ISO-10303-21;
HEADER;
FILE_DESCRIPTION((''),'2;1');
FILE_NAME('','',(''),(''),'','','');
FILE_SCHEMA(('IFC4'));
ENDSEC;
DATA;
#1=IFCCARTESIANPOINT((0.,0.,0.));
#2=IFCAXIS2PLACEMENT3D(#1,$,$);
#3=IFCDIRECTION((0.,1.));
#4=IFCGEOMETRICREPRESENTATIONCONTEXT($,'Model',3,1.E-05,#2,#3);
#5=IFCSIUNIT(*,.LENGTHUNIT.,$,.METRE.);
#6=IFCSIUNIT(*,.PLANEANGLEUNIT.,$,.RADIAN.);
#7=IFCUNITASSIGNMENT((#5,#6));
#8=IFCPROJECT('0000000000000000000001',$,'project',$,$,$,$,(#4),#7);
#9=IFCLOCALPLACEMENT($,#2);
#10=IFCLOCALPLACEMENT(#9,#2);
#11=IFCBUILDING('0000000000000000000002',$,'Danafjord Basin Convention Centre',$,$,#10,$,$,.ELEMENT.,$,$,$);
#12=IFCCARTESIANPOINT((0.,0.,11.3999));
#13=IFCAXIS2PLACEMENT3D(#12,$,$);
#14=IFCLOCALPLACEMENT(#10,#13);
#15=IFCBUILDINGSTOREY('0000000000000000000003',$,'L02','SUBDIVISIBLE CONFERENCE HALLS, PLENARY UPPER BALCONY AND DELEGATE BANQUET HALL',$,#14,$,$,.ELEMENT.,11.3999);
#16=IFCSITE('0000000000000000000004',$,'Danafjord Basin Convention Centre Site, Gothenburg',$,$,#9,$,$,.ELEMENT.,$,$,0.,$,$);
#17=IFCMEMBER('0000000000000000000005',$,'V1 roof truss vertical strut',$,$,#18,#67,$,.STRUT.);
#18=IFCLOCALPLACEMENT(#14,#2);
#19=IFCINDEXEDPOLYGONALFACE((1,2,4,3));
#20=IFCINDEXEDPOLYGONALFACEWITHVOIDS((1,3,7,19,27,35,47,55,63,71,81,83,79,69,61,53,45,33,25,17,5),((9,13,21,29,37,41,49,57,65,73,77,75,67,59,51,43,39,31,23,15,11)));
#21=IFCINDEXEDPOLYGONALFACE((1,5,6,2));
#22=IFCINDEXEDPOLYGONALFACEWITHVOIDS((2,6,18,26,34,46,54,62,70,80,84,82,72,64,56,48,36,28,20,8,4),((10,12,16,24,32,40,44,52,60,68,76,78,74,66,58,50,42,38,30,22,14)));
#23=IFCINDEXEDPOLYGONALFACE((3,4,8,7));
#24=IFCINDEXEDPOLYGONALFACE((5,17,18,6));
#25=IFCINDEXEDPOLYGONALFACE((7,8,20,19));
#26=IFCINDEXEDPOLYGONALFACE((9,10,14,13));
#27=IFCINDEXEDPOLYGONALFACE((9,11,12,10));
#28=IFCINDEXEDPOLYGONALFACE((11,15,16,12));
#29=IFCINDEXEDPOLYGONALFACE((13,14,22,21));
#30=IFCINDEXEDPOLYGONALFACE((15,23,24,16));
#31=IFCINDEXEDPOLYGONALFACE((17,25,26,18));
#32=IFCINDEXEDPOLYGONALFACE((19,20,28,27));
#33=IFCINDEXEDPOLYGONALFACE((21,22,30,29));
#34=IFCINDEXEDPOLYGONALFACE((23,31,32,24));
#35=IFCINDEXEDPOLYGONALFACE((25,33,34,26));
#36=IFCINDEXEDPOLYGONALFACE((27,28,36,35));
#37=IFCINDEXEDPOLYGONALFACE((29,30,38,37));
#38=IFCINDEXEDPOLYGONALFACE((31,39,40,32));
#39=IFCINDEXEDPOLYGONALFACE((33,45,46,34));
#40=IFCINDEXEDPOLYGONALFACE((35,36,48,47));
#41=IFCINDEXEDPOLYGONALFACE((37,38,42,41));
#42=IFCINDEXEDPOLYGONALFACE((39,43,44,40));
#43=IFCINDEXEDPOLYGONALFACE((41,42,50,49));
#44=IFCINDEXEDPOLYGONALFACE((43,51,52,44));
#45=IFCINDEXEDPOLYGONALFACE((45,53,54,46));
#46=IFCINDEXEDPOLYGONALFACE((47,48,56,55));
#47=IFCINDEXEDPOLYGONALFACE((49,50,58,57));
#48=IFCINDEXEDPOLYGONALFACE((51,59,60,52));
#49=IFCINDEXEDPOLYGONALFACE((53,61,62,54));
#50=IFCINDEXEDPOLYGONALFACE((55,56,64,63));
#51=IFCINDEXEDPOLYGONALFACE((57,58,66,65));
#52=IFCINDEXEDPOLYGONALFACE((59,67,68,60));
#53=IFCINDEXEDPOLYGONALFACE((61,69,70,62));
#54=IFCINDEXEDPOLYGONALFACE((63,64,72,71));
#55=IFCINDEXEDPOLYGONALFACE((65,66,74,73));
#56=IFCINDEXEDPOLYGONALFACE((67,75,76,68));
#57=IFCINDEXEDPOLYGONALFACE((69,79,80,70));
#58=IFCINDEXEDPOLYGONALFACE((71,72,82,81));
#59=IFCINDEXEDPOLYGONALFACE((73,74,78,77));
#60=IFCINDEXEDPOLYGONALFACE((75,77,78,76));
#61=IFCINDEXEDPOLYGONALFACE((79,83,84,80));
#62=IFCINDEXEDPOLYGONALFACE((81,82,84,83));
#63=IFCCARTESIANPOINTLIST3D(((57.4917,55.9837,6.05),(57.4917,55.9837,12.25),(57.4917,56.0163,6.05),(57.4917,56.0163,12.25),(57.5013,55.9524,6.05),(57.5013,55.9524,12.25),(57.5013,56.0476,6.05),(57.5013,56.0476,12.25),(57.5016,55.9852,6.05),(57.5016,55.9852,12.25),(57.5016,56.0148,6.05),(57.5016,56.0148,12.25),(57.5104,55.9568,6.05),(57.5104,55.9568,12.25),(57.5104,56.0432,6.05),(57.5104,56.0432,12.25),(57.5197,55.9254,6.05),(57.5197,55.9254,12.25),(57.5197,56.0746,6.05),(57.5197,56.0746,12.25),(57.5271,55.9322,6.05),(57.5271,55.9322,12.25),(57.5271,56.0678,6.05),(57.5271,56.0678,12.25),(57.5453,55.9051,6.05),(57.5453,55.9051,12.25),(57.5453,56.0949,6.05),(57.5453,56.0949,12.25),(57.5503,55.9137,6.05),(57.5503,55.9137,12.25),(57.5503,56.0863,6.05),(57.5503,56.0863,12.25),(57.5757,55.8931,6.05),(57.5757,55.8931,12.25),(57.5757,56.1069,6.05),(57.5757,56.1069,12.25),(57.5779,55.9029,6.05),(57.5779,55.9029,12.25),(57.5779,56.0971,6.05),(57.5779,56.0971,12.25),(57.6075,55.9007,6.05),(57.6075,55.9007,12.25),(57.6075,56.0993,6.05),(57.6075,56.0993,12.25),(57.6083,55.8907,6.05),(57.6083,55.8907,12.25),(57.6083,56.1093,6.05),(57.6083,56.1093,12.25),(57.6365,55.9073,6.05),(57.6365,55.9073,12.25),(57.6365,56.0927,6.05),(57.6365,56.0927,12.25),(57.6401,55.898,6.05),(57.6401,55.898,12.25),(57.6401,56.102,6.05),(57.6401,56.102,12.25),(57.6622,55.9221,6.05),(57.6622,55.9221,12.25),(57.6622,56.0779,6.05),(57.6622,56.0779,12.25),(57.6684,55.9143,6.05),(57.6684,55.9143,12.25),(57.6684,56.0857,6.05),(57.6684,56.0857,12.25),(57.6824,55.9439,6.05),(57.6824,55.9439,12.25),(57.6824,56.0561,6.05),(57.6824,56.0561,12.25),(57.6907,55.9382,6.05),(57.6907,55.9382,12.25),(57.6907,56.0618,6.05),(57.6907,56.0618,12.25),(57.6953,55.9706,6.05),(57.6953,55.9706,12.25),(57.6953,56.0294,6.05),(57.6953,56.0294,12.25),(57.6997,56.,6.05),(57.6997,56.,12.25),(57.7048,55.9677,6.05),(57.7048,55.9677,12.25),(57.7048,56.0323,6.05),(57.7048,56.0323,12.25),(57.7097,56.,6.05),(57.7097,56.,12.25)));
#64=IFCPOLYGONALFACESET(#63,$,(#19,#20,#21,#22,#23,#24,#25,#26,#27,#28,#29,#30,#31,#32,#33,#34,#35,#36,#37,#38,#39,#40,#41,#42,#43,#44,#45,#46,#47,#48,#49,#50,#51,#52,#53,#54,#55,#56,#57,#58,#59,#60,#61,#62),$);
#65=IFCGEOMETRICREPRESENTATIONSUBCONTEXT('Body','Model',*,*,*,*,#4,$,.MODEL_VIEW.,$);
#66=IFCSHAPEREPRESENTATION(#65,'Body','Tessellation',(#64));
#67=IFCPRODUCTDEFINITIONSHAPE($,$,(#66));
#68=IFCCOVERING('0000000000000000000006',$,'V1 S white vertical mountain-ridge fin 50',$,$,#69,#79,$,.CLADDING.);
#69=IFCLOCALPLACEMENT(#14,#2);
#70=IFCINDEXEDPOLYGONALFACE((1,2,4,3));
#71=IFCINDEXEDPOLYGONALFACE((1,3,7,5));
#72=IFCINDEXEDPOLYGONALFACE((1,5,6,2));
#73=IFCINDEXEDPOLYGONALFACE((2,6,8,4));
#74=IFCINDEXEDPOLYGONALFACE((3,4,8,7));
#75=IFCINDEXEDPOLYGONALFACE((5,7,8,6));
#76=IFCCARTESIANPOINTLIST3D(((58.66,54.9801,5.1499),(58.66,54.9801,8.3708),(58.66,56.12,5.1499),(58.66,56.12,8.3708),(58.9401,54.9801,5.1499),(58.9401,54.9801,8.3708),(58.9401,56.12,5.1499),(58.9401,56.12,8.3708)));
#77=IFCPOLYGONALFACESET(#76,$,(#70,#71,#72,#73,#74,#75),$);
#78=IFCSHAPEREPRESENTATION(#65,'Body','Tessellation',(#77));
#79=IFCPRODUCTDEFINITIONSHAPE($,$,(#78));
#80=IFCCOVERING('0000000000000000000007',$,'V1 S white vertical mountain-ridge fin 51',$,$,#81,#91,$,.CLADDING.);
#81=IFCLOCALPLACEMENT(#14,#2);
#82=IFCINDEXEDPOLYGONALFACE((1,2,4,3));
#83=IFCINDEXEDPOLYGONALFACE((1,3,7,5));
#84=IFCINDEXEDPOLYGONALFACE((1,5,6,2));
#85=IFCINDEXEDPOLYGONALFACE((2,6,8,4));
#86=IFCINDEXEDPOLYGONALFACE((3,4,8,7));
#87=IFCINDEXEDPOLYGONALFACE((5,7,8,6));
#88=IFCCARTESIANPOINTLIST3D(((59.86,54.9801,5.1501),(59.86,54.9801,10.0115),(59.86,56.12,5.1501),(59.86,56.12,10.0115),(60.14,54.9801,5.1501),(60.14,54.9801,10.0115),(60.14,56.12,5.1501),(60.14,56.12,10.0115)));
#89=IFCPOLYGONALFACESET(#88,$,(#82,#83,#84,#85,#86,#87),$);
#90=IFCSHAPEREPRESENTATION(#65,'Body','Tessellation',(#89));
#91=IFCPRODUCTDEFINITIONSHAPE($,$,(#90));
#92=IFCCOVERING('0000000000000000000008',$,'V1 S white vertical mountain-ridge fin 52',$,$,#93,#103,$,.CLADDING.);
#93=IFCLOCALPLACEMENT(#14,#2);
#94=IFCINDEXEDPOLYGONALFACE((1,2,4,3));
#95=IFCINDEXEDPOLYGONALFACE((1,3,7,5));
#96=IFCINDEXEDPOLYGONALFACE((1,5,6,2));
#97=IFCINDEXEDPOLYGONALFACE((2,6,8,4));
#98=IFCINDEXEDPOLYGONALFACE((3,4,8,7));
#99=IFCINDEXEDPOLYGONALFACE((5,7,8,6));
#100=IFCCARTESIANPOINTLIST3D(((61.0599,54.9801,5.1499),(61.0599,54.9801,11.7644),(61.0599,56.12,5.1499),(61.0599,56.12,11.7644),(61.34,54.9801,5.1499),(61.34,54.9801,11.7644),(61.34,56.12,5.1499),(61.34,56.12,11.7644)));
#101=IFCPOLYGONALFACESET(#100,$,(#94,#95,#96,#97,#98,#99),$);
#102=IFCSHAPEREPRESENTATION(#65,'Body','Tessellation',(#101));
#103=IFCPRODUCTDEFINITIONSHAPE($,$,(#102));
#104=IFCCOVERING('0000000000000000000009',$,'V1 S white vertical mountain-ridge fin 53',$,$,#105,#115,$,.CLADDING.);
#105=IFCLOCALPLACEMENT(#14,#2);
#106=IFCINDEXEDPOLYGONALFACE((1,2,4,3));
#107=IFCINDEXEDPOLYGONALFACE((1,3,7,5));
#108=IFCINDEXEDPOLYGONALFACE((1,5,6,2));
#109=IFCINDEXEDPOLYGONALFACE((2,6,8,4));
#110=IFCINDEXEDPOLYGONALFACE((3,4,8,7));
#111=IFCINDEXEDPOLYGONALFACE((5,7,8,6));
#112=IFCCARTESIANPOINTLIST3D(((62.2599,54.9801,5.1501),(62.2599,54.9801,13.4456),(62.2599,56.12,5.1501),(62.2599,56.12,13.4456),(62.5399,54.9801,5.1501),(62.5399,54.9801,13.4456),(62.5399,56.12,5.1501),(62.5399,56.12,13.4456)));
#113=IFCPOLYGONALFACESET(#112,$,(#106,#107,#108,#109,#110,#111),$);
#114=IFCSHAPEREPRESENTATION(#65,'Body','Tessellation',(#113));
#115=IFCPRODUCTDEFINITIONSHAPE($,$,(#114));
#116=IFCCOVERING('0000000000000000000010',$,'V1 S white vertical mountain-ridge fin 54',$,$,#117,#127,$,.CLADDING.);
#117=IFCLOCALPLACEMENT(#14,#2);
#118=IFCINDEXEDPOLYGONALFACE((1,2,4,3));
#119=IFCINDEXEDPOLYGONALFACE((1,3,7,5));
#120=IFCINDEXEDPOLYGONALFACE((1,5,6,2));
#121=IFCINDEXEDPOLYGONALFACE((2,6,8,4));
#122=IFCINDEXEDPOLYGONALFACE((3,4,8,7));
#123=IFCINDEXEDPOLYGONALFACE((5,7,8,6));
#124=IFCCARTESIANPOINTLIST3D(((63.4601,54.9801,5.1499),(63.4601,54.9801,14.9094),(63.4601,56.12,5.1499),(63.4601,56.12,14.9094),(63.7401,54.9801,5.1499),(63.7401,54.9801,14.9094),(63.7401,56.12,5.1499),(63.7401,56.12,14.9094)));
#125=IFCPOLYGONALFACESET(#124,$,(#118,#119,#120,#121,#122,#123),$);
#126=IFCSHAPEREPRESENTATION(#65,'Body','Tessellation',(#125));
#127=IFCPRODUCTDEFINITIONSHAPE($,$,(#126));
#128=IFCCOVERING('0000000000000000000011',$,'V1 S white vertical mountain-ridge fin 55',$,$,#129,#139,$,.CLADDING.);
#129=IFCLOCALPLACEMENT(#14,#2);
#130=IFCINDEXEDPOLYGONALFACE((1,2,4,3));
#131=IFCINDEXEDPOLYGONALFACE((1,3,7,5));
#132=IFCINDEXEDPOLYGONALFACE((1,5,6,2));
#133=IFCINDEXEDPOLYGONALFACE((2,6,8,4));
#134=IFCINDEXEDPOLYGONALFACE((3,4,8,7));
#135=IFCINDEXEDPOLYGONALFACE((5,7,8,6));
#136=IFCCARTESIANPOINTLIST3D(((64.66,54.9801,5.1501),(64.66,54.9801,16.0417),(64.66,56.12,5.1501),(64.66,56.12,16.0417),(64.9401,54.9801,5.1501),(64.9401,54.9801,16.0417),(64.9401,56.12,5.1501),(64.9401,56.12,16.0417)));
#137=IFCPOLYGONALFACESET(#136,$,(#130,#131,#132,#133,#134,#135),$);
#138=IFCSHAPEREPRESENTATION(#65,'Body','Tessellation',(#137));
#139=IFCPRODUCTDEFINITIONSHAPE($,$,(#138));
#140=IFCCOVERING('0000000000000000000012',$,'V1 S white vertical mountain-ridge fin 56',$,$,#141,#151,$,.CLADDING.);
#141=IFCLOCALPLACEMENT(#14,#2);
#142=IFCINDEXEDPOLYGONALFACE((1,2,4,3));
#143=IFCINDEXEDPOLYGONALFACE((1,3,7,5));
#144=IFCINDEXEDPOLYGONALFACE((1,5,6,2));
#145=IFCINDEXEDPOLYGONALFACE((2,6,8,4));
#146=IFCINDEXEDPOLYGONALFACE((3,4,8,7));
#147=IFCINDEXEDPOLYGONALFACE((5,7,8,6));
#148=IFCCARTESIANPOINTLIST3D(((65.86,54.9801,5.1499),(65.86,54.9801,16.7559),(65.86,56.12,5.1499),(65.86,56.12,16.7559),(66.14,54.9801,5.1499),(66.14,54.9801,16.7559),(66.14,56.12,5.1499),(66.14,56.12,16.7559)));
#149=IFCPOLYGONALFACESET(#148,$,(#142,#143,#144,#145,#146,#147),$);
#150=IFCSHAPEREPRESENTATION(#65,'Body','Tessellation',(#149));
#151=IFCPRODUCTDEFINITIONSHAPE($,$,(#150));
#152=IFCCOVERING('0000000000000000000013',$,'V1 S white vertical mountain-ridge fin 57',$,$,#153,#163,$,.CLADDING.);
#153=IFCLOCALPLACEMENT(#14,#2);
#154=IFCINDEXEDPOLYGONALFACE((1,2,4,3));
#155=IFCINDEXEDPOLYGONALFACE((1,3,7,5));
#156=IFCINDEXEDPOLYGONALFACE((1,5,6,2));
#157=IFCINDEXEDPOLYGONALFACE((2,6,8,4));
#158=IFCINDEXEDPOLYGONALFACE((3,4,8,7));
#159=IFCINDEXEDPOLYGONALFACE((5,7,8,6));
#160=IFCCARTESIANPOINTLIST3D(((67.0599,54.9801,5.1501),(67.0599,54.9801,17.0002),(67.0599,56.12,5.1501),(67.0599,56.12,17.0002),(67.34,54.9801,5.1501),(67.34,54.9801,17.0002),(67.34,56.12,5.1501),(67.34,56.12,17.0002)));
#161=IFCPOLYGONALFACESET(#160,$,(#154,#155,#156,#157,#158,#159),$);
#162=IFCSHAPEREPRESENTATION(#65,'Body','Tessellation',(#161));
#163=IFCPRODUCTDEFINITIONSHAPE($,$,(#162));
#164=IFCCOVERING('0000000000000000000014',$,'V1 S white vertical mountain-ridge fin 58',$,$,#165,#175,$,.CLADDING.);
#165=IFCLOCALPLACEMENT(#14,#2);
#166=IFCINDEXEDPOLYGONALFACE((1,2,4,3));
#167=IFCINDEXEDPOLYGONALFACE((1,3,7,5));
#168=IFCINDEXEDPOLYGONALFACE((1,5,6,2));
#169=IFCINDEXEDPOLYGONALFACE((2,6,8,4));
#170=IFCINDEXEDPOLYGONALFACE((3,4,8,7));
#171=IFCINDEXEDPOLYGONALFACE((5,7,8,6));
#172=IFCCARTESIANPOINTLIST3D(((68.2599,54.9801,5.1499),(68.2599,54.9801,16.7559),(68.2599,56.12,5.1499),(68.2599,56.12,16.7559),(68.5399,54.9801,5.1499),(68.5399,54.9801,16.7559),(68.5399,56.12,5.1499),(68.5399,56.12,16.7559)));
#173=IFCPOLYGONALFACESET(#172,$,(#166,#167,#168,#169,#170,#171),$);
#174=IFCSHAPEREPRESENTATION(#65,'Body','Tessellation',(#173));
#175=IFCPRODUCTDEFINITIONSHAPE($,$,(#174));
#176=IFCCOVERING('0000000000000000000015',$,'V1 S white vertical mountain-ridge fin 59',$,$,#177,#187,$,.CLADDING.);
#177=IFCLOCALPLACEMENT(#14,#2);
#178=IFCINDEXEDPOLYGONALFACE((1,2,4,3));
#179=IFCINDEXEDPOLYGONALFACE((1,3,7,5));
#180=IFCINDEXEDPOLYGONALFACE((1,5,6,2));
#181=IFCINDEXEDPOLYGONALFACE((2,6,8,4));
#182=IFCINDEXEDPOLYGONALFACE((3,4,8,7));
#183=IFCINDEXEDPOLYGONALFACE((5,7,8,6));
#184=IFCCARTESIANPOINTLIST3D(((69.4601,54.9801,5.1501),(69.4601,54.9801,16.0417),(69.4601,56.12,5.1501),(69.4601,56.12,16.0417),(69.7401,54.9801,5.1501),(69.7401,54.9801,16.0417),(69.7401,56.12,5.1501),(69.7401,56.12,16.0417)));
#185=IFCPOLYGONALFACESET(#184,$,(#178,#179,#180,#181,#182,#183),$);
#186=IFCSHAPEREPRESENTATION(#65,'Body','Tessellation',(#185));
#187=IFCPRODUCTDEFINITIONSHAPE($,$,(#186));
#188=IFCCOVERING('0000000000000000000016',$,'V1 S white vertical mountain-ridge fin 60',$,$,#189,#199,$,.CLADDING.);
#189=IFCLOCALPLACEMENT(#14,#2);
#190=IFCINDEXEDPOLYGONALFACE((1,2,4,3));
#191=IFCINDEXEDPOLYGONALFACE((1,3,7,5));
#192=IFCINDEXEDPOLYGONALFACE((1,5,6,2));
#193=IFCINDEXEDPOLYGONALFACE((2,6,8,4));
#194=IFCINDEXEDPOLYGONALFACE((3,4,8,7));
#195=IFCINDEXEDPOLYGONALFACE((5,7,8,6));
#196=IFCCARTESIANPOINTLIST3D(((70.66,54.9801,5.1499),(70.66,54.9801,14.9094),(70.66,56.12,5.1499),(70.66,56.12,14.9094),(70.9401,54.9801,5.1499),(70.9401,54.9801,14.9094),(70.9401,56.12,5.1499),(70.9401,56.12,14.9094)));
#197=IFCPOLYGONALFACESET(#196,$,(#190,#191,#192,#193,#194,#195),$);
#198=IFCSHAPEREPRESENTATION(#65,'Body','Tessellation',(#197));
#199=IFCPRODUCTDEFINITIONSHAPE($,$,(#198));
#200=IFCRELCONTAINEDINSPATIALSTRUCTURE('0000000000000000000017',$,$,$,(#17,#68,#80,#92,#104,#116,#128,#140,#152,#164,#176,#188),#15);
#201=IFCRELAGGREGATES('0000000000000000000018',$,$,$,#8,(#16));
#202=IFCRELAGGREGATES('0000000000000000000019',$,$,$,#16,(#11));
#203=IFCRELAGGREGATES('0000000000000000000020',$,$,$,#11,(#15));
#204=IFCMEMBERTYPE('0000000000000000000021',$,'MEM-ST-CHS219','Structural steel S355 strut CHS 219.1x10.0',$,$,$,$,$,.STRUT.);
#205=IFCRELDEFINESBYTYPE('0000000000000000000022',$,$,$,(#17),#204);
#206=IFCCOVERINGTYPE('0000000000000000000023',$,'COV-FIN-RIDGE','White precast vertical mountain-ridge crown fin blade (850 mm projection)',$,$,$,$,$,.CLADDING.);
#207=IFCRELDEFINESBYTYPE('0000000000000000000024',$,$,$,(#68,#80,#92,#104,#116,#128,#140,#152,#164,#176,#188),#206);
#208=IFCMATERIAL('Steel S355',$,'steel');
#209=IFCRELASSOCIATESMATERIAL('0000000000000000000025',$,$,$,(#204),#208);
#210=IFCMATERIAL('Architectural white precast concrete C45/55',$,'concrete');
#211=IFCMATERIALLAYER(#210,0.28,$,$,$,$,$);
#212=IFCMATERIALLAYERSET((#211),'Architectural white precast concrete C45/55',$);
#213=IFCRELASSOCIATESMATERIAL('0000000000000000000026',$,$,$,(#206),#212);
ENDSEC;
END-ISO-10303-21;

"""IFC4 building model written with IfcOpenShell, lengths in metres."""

from ifc_helpers import new_model, si_unit, direction, frame, origin, origin_2d, place, context, subcontext, project, spatial, rectangle, hollow_circle, extrude, material, layer, layer_set, material_profile, profile_set, type_object, element, save


model = new_model("IFC4")

# Units and contexts
model_context = context("Model", 3, precision=1e-05, world=origin(), true_north=direction((0.0, 1.0)))
body_context = subcontext(model_context, "Body", "Model", "MODEL_VIEW")
ifc_project = project(units=[si_unit("LENGTHUNIT", "METRE"), si_unit("PLANEANGLEUNIT", "RADIAN")], contexts=[model_context])

# Site, building, storey
site_placement = place(None, origin())
site = spatial("IfcSite", under=ifc_project, at=site_placement, Name="Danafjord Basin Convention Centre Site, Gothenburg", CompositionType="ELEMENT", RefElevation=0.0)
building_placement = place(site_placement, origin())
building = spatial("IfcBuilding", under=site, at=building_placement, Name="Danafjord Basin Convention Centre", CompositionType="ELEMENT")
storey_placement = place(building_placement, frame((0.0, 0.0, 11.3999)))
storey = spatial("IfcBuildingStorey", under=building, at=storey_placement, Name="L02", Description="SUBDIVISIBLE CONFERENCE HALLS, PLENARY UPPER BALCONY AND DELEGATE BANQUET HALL", CompositionType="ELEMENT", Elevation=11.3999)

# Shared definitions
ifc_material_1 = material(Name="Steel S355", Category="steel")

# Member
ifc_material_profile_1 = material_profile(ifc_material_1, hollow_circle(Radius=0.1096, WallThickness=0.01, at=origin_2d()), Name="CHS 219.1x10.0")
ifc_profile_set_1 = profile_set([ifc_material_profile_1], Name="Steel S355")
member_type_1 = type_object("IfcMemberType", Name="MEM-ST-CHS219", Description="Structural steel S355 strut CHS 219.1x10.0", PredefinedType="STRUT", material=ifc_profile_set_1)
member_1_placement = place(storey_placement, frame((57.6001, 56.0, 6.05), z_axis=(0.0, 0.0, 1.0), x_axis=(1.0, 0.0, 0.0)))
element("IfcMember", 1, at=member_1_placement, inside=storey, type_object=member_type_1, Name="V1 roof truss vertical strut", PredefinedType="STRUT", context=body_context, shape_type="SweptSolid", body=[
    extrude(hollow_circle(Radius=0.1096, WallThickness=0.01, at=origin_2d()), origin(), (0.0, 0.0, 1.0), 6.2),
])

# Coverings
ifc_material_2 = material(Name="Architectural white precast concrete C45/55", Category="concrete")
ifc_layer = layer(ifc_material_2, 0.28)
ifc_layer_set = layer_set([ifc_layer], Name="Architectural white precast concrete C45/55")
covering_type = type_object("IfcCoveringType", Name="COV-FIN-RIDGE", Description="White precast vertical mountain-ridge crown fin blade (850 mm projection)", PredefinedType="CLADDING", material=ifc_layer_set)
covering_1_placement = place(storey_placement, frame((58.8, 55.55, 5.1499), z_axis=(0.0, 0.0, 1.0), x_axis=(0.0, 1.0, 0.0)))
element("IfcCovering", 2, at=covering_1_placement, inside=storey, type_object=covering_type, Name="V1 S white vertical mountain-ridge fin 50", PredefinedType="CLADDING", context=body_context, shape_type="SweptSolid", body=[
    extrude(rectangle(XDim=1.1399, YDim=0.28, at=origin_2d()), origin(), (0.0, 0.0, 1.0), 3.2209),
])
covering_2_placement = place(storey_placement, frame((60.0, 55.55, 5.1501), z_axis=(0.0, 0.0, 1.0), x_axis=(0.0, 1.0, 0.0)))
element("IfcCovering", 3, at=covering_2_placement, inside=storey, type_object=covering_type, Name="V1 S white vertical mountain-ridge fin 51", PredefinedType="CLADDING", context=body_context, shape_type="SweptSolid", body=[
    extrude(rectangle(XDim=1.1399, YDim=0.28, at=origin_2d()), origin(), (0.0, 0.0, 1.0), 4.8613),
])
covering_3_placement = place(storey_placement, frame((61.2, 55.55, 5.1499), z_axis=(0.0, 0.0, 1.0), x_axis=(0.0, 1.0, 0.0)))
element("IfcCovering", 4, at=covering_3_placement, inside=storey, type_object=covering_type, Name="V1 S white vertical mountain-ridge fin 52", PredefinedType="CLADDING", context=body_context, shape_type="SweptSolid", body=[
    extrude(rectangle(XDim=1.1399, YDim=0.28, at=origin_2d()), origin(), (0.0, 0.0, 1.0), 6.6145),
])
covering_4_placement = place(storey_placement, frame((62.3999, 55.55, 5.1501), z_axis=(0.0, 0.0, 1.0), x_axis=(0.0, 1.0, 0.0)))
element("IfcCovering", 5, at=covering_4_placement, inside=storey, type_object=covering_type, Name="V1 S white vertical mountain-ridge fin 53", PredefinedType="CLADDING", context=body_context, shape_type="SweptSolid", body=[
    extrude(rectangle(XDim=1.1399, YDim=0.28, at=origin_2d()), origin(), (0.0, 0.0, 1.0), 8.2954),
])
covering_5_placement = place(storey_placement, frame((63.6001, 55.55, 5.1499), z_axis=(0.0, 0.0, 1.0), x_axis=(0.0, 1.0, 0.0)))
element("IfcCovering", 6, at=covering_5_placement, inside=storey, type_object=covering_type, Name="V1 S white vertical mountain-ridge fin 54", PredefinedType="CLADDING", context=body_context, shape_type="SweptSolid", body=[
    extrude(rectangle(XDim=1.1399, YDim=0.28, at=origin_2d()), origin(), (0.0, 0.0, 1.0), 9.7595),
])
covering_6_placement = place(storey_placement, frame((64.8, 55.55, 5.1501), z_axis=(0.0, 0.0, 1.0), x_axis=(0.0, 1.0, 0.0)))
element("IfcCovering", 7, at=covering_6_placement, inside=storey, type_object=covering_type, Name="V1 S white vertical mountain-ridge fin 55", PredefinedType="CLADDING", context=body_context, shape_type="SweptSolid", body=[
    extrude(rectangle(XDim=1.1399, YDim=0.28, at=origin_2d()), origin(), (0.0, 0.0, 1.0), 10.8916),
])
covering_7_placement = place(storey_placement, frame((66.0, 55.55, 5.1499), z_axis=(0.0, 0.0, 1.0), x_axis=(0.0, 1.0, 0.0)))
element("IfcCovering", 8, at=covering_7_placement, inside=storey, type_object=covering_type, Name="V1 S white vertical mountain-ridge fin 56", PredefinedType="CLADDING", context=body_context, shape_type="SweptSolid", body=[
    extrude(rectangle(XDim=1.1399, YDim=0.28, at=origin_2d()), origin(), (0.0, 0.0, 1.0), 11.606),
])
covering_8_placement = place(storey_placement, frame((67.2, 55.55, 5.1501), z_axis=(0.0, 0.0, 1.0), x_axis=(0.0, 1.0, 0.0)))
element("IfcCovering", 9, at=covering_8_placement, inside=storey, type_object=covering_type, Name="V1 S white vertical mountain-ridge fin 57", PredefinedType="CLADDING", context=body_context, shape_type="SweptSolid", body=[
    extrude(rectangle(XDim=1.1399, YDim=0.28, at=origin_2d()), origin(), (0.0, 0.0, 1.0), 11.8501),
])
covering_9_placement = place(storey_placement, frame((68.3999, 55.55, 5.1499), z_axis=(0.0, 0.0, 1.0), x_axis=(0.0, 1.0, 0.0)))
element("IfcCovering", 10, at=covering_9_placement, inside=storey, type_object=covering_type, Name="V1 S white vertical mountain-ridge fin 58", PredefinedType="CLADDING", context=body_context, shape_type="SweptSolid", body=[
    extrude(rectangle(XDim=1.1399, YDim=0.28, at=origin_2d()), origin(), (0.0, 0.0, 1.0), 11.606),
])
covering_10_placement = place(storey_placement, frame((69.6001, 55.55, 5.1501), z_axis=(0.0, 0.0, 1.0), x_axis=(0.0, 1.0, 0.0)))
element("IfcCovering", 11, at=covering_10_placement, inside=storey, type_object=covering_type, Name="V1 S white vertical mountain-ridge fin 59", PredefinedType="CLADDING", context=body_context, shape_type="SweptSolid", body=[
    extrude(rectangle(XDim=1.1399, YDim=0.28, at=origin_2d()), origin(), (0.0, 0.0, 1.0), 10.8916),
])
covering_11_placement = place(storey_placement, frame((70.8, 55.55, 5.1499), z_axis=(0.0, 0.0, 1.0), x_axis=(0.0, 1.0, 0.0)))
element("IfcCovering", 12, at=covering_11_placement, inside=storey, type_object=covering_type, Name="V1 S white vertical mountain-ridge fin 60", PredefinedType="CLADDING", context=body_context, shape_type="SweptSolid", body=[
    extrude(rectangle(XDim=1.1399, YDim=0.28, at=origin_2d()), origin(), (0.0, 0.0, 1.0), 9.7595),
])

save(model, "model.ifc")
